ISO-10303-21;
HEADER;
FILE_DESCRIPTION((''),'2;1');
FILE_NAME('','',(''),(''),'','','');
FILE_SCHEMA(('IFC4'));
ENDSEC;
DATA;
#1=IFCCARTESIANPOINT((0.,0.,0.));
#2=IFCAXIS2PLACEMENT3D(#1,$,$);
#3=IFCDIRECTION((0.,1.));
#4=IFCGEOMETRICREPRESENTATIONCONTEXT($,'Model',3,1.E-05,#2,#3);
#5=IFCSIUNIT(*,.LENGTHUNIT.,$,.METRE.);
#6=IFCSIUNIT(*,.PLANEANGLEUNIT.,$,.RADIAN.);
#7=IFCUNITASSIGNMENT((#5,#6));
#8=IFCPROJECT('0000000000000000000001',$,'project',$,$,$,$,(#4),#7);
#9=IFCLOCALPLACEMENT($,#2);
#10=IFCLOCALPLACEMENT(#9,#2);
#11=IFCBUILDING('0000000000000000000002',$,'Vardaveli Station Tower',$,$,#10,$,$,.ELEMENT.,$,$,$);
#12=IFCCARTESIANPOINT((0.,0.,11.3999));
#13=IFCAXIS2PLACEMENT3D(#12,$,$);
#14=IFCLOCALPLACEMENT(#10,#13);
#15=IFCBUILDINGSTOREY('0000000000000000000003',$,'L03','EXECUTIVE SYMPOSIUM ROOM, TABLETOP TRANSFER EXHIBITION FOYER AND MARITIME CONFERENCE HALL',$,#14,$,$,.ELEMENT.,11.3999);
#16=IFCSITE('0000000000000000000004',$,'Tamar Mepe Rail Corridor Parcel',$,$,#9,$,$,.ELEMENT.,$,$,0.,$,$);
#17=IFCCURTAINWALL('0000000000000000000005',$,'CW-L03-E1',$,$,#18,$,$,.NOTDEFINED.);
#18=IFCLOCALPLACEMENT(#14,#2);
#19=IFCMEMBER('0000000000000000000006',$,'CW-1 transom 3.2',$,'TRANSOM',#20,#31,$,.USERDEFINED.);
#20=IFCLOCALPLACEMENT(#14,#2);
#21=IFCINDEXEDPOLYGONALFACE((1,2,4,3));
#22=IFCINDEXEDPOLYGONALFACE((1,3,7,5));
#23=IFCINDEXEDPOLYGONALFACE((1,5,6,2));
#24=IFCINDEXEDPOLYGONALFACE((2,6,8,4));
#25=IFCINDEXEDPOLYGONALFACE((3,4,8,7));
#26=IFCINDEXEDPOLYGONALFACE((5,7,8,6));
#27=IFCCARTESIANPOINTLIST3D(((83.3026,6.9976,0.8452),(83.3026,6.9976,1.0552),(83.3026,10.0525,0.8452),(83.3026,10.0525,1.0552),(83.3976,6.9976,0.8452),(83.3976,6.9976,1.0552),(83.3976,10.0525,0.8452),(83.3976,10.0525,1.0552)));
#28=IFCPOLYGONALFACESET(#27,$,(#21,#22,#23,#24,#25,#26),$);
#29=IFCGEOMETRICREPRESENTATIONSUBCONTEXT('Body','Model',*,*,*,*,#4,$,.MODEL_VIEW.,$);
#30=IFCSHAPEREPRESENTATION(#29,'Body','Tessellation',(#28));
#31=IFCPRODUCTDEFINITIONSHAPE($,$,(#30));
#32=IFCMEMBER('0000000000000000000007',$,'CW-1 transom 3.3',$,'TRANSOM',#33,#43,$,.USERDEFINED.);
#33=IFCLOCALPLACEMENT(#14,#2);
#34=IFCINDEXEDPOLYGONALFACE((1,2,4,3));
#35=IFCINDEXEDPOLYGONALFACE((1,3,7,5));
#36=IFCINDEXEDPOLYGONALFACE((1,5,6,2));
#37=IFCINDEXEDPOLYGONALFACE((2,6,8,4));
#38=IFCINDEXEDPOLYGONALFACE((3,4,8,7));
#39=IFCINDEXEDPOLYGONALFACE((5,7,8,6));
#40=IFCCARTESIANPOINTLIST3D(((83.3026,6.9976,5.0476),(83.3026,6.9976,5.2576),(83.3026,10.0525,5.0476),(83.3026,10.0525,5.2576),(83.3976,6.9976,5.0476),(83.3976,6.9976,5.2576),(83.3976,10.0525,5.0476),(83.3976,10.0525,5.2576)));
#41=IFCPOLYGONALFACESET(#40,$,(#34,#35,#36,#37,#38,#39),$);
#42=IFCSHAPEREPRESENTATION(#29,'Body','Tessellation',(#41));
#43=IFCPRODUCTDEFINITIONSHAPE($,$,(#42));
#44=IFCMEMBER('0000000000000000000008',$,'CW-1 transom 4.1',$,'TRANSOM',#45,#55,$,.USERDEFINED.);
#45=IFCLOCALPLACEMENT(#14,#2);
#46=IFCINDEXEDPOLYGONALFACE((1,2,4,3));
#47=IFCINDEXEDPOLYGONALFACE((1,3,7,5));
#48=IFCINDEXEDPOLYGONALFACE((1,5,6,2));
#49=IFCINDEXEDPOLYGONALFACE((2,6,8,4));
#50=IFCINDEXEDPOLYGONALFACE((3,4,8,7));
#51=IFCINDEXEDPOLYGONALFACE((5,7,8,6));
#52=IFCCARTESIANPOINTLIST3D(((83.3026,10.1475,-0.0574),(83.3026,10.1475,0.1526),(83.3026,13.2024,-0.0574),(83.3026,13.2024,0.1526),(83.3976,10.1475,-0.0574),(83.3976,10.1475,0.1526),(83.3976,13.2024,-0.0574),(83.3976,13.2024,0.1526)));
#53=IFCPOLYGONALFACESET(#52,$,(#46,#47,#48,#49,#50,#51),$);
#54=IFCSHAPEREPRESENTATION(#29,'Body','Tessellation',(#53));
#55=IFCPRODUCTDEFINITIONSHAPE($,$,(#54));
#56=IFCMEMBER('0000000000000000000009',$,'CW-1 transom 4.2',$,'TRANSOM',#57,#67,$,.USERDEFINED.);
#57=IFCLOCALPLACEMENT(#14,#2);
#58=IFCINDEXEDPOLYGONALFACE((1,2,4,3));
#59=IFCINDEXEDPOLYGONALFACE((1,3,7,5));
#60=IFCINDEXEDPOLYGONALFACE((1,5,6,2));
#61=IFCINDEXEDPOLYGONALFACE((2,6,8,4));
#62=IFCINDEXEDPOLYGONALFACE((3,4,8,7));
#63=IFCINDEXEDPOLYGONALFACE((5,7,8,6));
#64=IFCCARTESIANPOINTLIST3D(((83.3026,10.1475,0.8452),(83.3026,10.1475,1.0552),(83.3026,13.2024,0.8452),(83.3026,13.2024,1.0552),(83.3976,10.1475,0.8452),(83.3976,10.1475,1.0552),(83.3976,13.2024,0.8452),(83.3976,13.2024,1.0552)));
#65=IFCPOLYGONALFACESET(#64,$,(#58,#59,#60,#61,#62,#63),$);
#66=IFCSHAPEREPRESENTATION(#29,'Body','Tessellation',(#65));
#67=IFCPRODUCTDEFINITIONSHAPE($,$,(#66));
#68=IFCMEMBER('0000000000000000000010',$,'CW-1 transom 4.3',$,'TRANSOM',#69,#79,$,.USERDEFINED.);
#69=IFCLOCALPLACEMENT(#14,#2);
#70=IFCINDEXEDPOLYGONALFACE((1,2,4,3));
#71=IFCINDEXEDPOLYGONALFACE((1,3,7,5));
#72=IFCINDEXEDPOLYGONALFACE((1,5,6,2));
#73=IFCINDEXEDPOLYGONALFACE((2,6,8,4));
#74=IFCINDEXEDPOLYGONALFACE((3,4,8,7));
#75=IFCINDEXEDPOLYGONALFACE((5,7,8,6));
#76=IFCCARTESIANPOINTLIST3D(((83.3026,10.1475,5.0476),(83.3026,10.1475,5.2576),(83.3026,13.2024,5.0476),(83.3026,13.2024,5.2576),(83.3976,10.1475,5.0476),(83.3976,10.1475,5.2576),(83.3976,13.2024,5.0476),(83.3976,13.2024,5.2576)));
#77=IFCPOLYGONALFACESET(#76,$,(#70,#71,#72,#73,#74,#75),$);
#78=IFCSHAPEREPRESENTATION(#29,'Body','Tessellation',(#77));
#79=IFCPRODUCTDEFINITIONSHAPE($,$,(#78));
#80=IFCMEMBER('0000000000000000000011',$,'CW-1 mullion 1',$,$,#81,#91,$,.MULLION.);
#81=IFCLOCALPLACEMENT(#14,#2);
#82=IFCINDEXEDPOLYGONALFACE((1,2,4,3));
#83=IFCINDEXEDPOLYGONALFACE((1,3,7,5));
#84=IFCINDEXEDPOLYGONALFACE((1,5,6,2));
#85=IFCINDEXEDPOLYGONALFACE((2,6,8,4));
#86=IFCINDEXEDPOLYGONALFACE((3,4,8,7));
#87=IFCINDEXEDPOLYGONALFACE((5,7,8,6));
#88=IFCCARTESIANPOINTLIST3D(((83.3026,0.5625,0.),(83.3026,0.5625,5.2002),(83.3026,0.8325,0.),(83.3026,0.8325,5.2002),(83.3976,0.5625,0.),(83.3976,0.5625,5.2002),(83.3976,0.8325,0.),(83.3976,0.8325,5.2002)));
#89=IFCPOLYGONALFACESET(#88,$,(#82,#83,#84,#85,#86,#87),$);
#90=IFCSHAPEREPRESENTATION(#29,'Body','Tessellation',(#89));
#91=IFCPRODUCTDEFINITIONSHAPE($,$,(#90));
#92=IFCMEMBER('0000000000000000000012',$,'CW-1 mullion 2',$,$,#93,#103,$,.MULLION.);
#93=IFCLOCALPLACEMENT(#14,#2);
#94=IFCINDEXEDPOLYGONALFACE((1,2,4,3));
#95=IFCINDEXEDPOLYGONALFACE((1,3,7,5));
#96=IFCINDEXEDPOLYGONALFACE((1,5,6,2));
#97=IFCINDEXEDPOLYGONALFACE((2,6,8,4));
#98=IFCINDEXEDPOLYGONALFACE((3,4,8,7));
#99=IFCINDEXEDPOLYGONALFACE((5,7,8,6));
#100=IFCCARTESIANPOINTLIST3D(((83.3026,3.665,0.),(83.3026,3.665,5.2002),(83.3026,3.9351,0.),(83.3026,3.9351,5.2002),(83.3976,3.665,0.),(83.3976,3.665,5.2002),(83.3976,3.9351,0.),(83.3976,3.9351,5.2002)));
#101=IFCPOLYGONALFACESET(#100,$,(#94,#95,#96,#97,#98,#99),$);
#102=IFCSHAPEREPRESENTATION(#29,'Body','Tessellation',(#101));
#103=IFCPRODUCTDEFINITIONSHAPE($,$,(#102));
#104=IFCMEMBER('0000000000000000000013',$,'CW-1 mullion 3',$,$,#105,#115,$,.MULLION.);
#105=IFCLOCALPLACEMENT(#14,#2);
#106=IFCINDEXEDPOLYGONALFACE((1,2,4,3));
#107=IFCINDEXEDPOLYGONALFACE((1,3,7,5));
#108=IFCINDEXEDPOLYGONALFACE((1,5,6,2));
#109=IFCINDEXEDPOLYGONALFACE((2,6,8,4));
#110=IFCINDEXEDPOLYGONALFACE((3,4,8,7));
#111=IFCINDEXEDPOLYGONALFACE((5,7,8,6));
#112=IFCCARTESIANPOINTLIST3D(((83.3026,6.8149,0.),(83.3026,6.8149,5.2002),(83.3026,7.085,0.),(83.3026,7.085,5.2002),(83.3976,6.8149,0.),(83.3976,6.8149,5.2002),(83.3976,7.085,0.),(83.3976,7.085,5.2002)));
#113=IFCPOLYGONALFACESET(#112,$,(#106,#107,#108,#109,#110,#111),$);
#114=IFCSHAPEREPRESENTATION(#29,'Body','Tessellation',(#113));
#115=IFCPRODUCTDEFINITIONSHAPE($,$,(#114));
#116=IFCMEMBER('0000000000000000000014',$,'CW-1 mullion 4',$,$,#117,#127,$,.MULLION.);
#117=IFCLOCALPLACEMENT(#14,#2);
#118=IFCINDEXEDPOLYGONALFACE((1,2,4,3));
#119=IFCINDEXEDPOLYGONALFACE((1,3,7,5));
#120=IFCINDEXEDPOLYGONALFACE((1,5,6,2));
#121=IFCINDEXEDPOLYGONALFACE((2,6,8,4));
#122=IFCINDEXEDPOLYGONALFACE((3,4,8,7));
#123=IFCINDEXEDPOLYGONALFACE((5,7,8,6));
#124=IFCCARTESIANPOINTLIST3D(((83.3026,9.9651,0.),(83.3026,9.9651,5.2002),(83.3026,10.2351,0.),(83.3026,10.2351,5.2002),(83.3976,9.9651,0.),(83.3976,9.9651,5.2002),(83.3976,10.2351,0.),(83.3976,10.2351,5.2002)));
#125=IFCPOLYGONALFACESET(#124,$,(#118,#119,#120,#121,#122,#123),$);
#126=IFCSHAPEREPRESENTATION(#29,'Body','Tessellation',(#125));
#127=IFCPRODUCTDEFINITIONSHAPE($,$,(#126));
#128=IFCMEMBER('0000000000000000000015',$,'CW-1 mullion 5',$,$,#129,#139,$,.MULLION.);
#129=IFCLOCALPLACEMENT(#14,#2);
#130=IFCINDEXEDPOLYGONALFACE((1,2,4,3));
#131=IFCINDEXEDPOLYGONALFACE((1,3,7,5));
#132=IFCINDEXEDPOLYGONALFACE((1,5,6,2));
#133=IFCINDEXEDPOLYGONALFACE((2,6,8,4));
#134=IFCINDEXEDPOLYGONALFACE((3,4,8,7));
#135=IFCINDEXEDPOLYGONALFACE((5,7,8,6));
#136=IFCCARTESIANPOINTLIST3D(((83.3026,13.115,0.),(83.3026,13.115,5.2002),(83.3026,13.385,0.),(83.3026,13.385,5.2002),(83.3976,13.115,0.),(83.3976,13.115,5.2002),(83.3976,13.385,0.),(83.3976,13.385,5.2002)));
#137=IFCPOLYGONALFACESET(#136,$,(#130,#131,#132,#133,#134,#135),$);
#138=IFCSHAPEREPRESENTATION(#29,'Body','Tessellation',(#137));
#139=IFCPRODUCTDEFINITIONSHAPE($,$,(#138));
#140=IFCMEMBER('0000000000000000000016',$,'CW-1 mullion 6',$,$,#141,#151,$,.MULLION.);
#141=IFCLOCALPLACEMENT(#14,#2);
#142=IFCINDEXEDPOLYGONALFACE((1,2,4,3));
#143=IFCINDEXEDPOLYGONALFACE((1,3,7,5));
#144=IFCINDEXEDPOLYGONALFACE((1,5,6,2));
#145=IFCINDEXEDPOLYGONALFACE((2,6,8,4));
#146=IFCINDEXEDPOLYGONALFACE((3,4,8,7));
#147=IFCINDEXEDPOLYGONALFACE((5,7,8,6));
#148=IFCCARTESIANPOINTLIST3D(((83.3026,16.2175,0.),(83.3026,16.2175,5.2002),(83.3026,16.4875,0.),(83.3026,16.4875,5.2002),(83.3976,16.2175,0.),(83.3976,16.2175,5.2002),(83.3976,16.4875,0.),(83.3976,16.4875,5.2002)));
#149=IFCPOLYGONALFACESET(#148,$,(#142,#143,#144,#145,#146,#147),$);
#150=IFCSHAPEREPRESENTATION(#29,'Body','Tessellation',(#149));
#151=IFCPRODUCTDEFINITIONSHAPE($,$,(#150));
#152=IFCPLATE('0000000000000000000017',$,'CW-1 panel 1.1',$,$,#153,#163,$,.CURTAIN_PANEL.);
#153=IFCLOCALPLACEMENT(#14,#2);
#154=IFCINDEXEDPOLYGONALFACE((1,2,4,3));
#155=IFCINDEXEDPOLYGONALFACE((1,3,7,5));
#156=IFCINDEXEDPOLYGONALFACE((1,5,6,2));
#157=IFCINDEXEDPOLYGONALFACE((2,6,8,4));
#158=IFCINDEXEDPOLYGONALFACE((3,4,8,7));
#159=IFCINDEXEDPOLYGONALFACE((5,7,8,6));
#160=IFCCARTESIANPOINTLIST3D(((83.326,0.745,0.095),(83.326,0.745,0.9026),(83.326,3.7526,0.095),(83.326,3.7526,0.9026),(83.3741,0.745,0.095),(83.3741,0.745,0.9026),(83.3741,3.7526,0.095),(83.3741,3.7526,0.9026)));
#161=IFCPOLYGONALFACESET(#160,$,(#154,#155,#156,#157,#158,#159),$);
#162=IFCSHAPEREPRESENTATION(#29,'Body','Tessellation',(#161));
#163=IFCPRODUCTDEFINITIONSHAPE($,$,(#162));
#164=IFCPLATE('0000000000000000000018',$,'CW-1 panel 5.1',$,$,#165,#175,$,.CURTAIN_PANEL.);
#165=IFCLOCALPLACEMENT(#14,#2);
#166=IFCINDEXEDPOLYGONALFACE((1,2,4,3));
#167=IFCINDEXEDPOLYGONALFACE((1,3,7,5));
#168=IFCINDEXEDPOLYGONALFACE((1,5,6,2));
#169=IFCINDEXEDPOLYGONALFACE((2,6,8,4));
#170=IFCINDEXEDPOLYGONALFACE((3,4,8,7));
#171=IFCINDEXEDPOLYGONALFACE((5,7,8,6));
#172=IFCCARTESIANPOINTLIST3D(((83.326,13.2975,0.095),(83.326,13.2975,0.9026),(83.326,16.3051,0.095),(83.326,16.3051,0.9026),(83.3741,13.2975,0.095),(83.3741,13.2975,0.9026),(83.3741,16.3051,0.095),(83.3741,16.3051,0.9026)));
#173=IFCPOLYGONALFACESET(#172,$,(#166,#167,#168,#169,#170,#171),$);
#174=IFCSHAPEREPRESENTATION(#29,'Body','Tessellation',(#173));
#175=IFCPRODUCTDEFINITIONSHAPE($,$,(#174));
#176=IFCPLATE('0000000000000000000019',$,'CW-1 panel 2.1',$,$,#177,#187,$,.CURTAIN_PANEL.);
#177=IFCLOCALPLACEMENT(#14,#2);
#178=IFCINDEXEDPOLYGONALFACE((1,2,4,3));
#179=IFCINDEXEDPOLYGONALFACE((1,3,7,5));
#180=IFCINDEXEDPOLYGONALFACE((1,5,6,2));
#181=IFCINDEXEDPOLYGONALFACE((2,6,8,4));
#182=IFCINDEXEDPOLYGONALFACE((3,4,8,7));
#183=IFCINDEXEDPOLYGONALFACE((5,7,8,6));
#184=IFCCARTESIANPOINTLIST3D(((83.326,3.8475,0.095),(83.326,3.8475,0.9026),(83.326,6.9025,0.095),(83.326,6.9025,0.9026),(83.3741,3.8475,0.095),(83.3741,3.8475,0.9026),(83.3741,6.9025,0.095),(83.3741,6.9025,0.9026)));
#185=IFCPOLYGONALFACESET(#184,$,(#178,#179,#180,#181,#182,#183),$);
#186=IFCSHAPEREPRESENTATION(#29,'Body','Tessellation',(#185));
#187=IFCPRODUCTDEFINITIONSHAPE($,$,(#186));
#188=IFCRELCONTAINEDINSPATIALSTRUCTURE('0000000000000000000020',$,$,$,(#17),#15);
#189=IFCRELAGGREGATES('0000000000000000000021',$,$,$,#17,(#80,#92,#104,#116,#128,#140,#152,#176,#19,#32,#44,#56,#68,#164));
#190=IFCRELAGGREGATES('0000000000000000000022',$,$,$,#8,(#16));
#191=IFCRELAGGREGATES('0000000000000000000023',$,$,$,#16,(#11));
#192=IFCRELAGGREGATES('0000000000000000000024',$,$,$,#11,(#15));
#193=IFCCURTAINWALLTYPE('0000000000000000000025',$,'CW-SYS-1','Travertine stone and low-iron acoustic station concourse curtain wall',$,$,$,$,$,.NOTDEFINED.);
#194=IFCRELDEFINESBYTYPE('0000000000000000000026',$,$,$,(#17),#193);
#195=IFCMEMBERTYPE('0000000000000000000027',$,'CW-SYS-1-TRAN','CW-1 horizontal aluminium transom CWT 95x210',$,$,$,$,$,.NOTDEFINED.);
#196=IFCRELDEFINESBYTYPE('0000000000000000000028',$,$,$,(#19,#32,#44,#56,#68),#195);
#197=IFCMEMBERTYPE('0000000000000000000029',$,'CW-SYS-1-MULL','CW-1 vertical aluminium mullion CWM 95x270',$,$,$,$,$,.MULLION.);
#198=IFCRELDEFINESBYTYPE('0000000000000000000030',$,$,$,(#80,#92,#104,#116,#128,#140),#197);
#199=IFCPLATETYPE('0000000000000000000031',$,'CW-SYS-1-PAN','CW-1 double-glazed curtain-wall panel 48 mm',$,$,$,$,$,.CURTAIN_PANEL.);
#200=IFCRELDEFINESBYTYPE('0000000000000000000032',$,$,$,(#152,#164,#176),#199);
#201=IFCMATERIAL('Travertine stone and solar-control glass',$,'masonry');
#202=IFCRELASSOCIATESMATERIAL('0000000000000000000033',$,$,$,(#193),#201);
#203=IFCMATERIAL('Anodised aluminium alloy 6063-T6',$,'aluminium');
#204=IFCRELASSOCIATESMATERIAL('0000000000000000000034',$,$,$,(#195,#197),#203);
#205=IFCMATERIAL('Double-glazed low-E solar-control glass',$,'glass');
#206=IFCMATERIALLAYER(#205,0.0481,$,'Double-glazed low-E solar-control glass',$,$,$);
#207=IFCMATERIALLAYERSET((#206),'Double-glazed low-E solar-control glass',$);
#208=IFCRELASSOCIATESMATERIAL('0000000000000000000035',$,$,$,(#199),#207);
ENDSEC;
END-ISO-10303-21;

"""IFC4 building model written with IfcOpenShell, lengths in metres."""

from ifc_helpers import new_model, si_unit, direction, frame, origin, origin_2d, place, context, subcontext, project, spatial, rectangle, extrude, source, transform, mapped, material, layer, layer_set, material_profile, profile_set, type_object, element, aggregate, save


model = new_model("IFC4")

# Units and contexts
model_context = context("Model", 3, precision=1e-05, world=origin(), true_north=direction((0.0, 1.0)))
body_context = subcontext(model_context, "Body", "Model", "MODEL_VIEW")
ifc_project = project(units=[si_unit("LENGTHUNIT", "METRE"), si_unit("PLANEANGLEUNIT", "RADIAN")], contexts=[model_context])

# Site, building, storey
site_placement = place(None, origin())
site = spatial("IfcSite", under=ifc_project, at=site_placement, Name="Tamar Mepe Rail Corridor Parcel", CompositionType="ELEMENT", RefElevation=0.0)
building_placement = place(site_placement, origin())
building = spatial("IfcBuilding", under=site, at=building_placement, Name="Vardaveli Station Tower", CompositionType="ELEMENT")
storey_placement = place(building_placement, frame((0.0, 0.0, 11.3999)))
storey = spatial("IfcBuildingStorey", under=building, at=storey_placement, Name="L03", Description="EXECUTIVE SYMPOSIUM ROOM, TABLETOP TRANSFER EXHIBITION FOYER AND MARITIME CONFERENCE HALL", CompositionType="ELEMENT", Elevation=11.3999)

# Curtain wall, members, plates
ifc_material_1 = material(Name="Travertine stone and solar-control glass", Category="masonry")
curtain_wall_type = type_object("IfcCurtainWallType", Name="CW-SYS-1", Description="Travertine stone and low-iron acoustic station concourse curtain wall", PredefinedType="NOTDEFINED", material=ifc_material_1)
curtain_wall_placement = place(storey_placement, origin())
curtain_wall = element("IfcCurtainWall", 1, at=curtain_wall_placement, inside=storey, type_object=curtain_wall_type, Name="CW-L03-E1", PredefinedType="NOTDEFINED")
ifc_material_2 = material(Name="Anodised aluminium alloy 6063-T6", Category="aluminium")
ifc_material_profile_1 = material_profile(ifc_material_2, rectangle(XDim=0.095, YDim=0.21, at=origin_2d()), Name="CWT 95x210")
ifc_profile_set_1 = profile_set([ifc_material_profile_1], Name="Anodised aluminium alloy 6063-T6")
member_type_1 = type_object("IfcMemberType", Name="CW-SYS-1-TRAN", Description="CW-1 horizontal aluminium transom CWT 95x210", PredefinedType="NOTDEFINED", material=ifc_profile_set_1)
shared_shape_1 = source(origin(), body_context, "Body", "SweptSolid", [
    extrude(rectangle(XDim=0.095, YDim=0.21, at=origin_2d()), origin(), (0.0, 0.0, 1.0), 3.0549),
])
member_1_placement = place(storey_placement, frame((83.3501, 6.9976, 0.9502), z_axis=(0.0, 1.0, 0.0), x_axis=(-1.0, 0.0, 0.0)))
member_1 = element("IfcMember", 2, at=member_1_placement, type_object=member_type_1, Name="CW-1 transom 3.2", ObjectType="TRANSOM", PredefinedType="USERDEFINED", context=body_context, shape_type="MappedRepresentation", body=[
    mapped(shared_shape_1, transform((0.0, 0.0, 0.0), scale=1.0)),
])
member_2_placement = place(storey_placement, frame((83.3501, 6.9976, 5.1526), z_axis=(0.0, 1.0, 0.0), x_axis=(-1.0, 0.0, 0.0)))
member_2 = element("IfcMember", 3, at=member_2_placement, type_object=member_type_1, Name="CW-1 transom 3.3", ObjectType="TRANSOM", PredefinedType="USERDEFINED", context=body_context, shape_type="MappedRepresentation", body=[
    mapped(shared_shape_1, transform((0.0, 0.0, 0.0), scale=1.0)),
])
member_3_placement = place(storey_placement, frame((83.3501, 10.1475, 0.0476), z_axis=(0.0, 1.0, 0.0), x_axis=(-1.0, 0.0, 0.0)))
member_3 = element("IfcMember", 4, at=member_3_placement, type_object=member_type_1, Name="CW-1 transom 4.1", ObjectType="TRANSOM", PredefinedType="USERDEFINED", context=body_context, shape_type="MappedRepresentation", body=[
    mapped(shared_shape_1, transform((0.0, 0.0, 0.0), scale=1.0)),
])
member_4_placement = place(storey_placement, frame((83.3501, 10.1475, 0.9502), z_axis=(0.0, 1.0, 0.0), x_axis=(-1.0, 0.0, 0.0)))
member_4 = element("IfcMember", 5, at=member_4_placement, type_object=member_type_1, Name="CW-1 transom 4.2", ObjectType="TRANSOM", PredefinedType="USERDEFINED", context=body_context, shape_type="MappedRepresentation", body=[
    mapped(shared_shape_1, transform((0.0, 0.0, 0.0), scale=1.0)),
])
member_5_placement = place(storey_placement, frame((83.3501, 10.1475, 5.1526), z_axis=(0.0, 1.0, 0.0), x_axis=(-1.0, 0.0, 0.0)))
member_5 = element("IfcMember", 6, at=member_5_placement, type_object=member_type_1, Name="CW-1 transom 4.3", ObjectType="TRANSOM", PredefinedType="USERDEFINED", context=body_context, shape_type="MappedRepresentation", body=[
    mapped(shared_shape_1, transform((0.0, 0.0, 0.0), scale=1.0)),
])
ifc_material_profile_2 = material_profile(ifc_material_2, rectangle(XDim=0.095, YDim=0.27, at=origin_2d()), Name="CWM 95x270")
ifc_profile_set_2 = profile_set([ifc_material_profile_2], Name="Anodised aluminium alloy 6063-T6")
member_type_2 = type_object("IfcMemberType", Name="CW-SYS-1-MULL", Description="CW-1 vertical aluminium mullion CWM 95x270", PredefinedType="MULLION", material=ifc_profile_set_2)
shared_shape_2 = source(origin(), body_context, "Body", "SweptSolid", [
    extrude(rectangle(XDim=0.095, YDim=0.27, at=origin_2d()), origin(), (0.0, 0.0, 1.0), 5.2002),
])
member_6_placement = place(storey_placement, frame((83.3501, 0.6975, 0.0), z_axis=(0.0, 0.0, 1.0), x_axis=(-1.0, 0.0, 0.0)))
member_6 = element("IfcMember", 7, at=member_6_placement, type_object=member_type_2, Name="CW-1 mullion 1", PredefinedType="MULLION", context=body_context, shape_type="MappedRepresentation", body=[
    mapped(shared_shape_2, transform((0.0, 0.0, 0.0), scale=1.0)),
])
member_7_placement = place(storey_placement, frame((83.3501, 3.8, 0.0), z_axis=(0.0, 0.0, 1.0), x_axis=(-1.0, 0.0, 0.0)))
member_7 = element("IfcMember", 8, at=member_7_placement, type_object=member_type_2, Name="CW-1 mullion 2", PredefinedType="MULLION", context=body_context, shape_type="MappedRepresentation", body=[
    mapped(shared_shape_2, transform((0.0, 0.0, 0.0), scale=1.0)),
])
member_8_placement = place(storey_placement, frame((83.3501, 6.95, 0.0), z_axis=(0.0, 0.0, 1.0), x_axis=(-1.0, 0.0, 0.0)))
member_8 = element("IfcMember", 9, at=member_8_placement, type_object=member_type_2, Name="CW-1 mullion 3", PredefinedType="MULLION", context=body_context, shape_type="MappedRepresentation", body=[
    mapped(shared_shape_2, transform((0.0, 0.0, 0.0), scale=1.0)),
])
member_9_placement = place(storey_placement, frame((83.3501, 10.1001, 0.0), z_axis=(0.0, 0.0, 1.0), x_axis=(-1.0, 0.0, 0.0)))
member_9 = element("IfcMember", 10, at=member_9_placement, type_object=member_type_2, Name="CW-1 mullion 4", PredefinedType="MULLION", context=body_context, shape_type="MappedRepresentation", body=[
    mapped(shared_shape_2, transform((0.0, 0.0, 0.0), scale=1.0)),
])
member_10_placement = place(storey_placement, frame((83.3501, 13.25, 0.0), z_axis=(0.0, 0.0, 1.0), x_axis=(-1.0, 0.0, 0.0)))
member_10 = element("IfcMember", 11, at=member_10_placement, type_object=member_type_2, Name="CW-1 mullion 5", PredefinedType="MULLION", context=body_context, shape_type="MappedRepresentation", body=[
    mapped(shared_shape_2, transform((0.0, 0.0, 0.0), scale=1.0)),
])
member_11_placement = place(storey_placement, frame((83.3501, 16.3525, 0.0), z_axis=(0.0, 0.0, 1.0), x_axis=(-1.0, 0.0, 0.0)))
member_11 = element("IfcMember", 12, at=member_11_placement, type_object=member_type_2, Name="CW-1 mullion 6", PredefinedType="MULLION", context=body_context, shape_type="MappedRepresentation", body=[
    mapped(shared_shape_2, transform((0.0, 0.0, 0.0), scale=1.0)),
])
ifc_material_3 = material(Name="Double-glazed low-E solar-control glass", Category="glass")
ifc_layer_1 = layer(ifc_material_3, 0.0481, Name="Double-glazed low-E solar-control glass")
ifc_layer_set_1 = layer_set([ifc_layer_1], Name="Double-glazed low-E solar-control glass")
plate_type = type_object("IfcPlateType", Name="CW-SYS-1-PAN", Description="CW-1 double-glazed curtain-wall panel 48 mm", PredefinedType="CURTAIN_PANEL", material=ifc_layer_set_1)
shared_shape_3 = source(origin(), body_context, "Body", "SweptSolid", [
    extrude(rectangle(XDim=3.0076, YDim=0.0481, at=origin_2d()), origin(), (0.0, 0.0, 1.0), 0.8076),
])
plate_1_placement = place(storey_placement, frame((83.3501, 2.2488, 0.095), z_axis=(0.0, 0.0, 1.0), x_axis=(0.0, 1.0, 0.0)))
plate_1 = element("IfcPlate", 13, at=plate_1_placement, type_object=plate_type, Name="CW-1 panel 1.1", PredefinedType="CURTAIN_PANEL", context=body_context, shape_type="MappedRepresentation", body=[
    mapped(shared_shape_3, transform((0.0, 0.0, 0.0), scale=1.0)),
])
plate_2_placement = place(storey_placement, frame((83.3501, 14.8013, 0.095), z_axis=(0.0, 0.0, 1.0), x_axis=(0.0, 1.0, 0.0)))
plate_2 = element("IfcPlate", 14, at=plate_2_placement, type_object=plate_type, Name="CW-1 panel 5.1", PredefinedType="CURTAIN_PANEL", context=body_context, shape_type="MappedRepresentation", body=[
    mapped(shared_shape_3, transform((0.0, 0.0, 0.0), scale=1.0)),
])
shared_shape_4 = source(origin(), body_context, "Body", "SweptSolid", [
    extrude(rectangle(XDim=3.0549, YDim=0.0481, at=origin_2d()), origin(), (0.0, 0.0, 1.0), 0.8076),
])
plate_3_placement = place(storey_placement, frame((83.3501, 5.375, 0.095), z_axis=(0.0, 0.0, 1.0), x_axis=(0.0, 1.0, 0.0)))
plate_3 = element("IfcPlate", 15, at=plate_3_placement, type_object=plate_type, Name="CW-1 panel 2.1", PredefinedType="CURTAIN_PANEL", context=body_context, shape_type="MappedRepresentation", body=[
    mapped(shared_shape_4, transform((0.0, 0.0, 0.0), scale=1.0)),
])
aggregate(curtain_wall, [member_6, member_7, member_8, member_9, member_10, member_11, plate_1, plate_3, member_1, member_2, member_3, member_4, member_5, plate_2])

save(model, "model.ifc")
